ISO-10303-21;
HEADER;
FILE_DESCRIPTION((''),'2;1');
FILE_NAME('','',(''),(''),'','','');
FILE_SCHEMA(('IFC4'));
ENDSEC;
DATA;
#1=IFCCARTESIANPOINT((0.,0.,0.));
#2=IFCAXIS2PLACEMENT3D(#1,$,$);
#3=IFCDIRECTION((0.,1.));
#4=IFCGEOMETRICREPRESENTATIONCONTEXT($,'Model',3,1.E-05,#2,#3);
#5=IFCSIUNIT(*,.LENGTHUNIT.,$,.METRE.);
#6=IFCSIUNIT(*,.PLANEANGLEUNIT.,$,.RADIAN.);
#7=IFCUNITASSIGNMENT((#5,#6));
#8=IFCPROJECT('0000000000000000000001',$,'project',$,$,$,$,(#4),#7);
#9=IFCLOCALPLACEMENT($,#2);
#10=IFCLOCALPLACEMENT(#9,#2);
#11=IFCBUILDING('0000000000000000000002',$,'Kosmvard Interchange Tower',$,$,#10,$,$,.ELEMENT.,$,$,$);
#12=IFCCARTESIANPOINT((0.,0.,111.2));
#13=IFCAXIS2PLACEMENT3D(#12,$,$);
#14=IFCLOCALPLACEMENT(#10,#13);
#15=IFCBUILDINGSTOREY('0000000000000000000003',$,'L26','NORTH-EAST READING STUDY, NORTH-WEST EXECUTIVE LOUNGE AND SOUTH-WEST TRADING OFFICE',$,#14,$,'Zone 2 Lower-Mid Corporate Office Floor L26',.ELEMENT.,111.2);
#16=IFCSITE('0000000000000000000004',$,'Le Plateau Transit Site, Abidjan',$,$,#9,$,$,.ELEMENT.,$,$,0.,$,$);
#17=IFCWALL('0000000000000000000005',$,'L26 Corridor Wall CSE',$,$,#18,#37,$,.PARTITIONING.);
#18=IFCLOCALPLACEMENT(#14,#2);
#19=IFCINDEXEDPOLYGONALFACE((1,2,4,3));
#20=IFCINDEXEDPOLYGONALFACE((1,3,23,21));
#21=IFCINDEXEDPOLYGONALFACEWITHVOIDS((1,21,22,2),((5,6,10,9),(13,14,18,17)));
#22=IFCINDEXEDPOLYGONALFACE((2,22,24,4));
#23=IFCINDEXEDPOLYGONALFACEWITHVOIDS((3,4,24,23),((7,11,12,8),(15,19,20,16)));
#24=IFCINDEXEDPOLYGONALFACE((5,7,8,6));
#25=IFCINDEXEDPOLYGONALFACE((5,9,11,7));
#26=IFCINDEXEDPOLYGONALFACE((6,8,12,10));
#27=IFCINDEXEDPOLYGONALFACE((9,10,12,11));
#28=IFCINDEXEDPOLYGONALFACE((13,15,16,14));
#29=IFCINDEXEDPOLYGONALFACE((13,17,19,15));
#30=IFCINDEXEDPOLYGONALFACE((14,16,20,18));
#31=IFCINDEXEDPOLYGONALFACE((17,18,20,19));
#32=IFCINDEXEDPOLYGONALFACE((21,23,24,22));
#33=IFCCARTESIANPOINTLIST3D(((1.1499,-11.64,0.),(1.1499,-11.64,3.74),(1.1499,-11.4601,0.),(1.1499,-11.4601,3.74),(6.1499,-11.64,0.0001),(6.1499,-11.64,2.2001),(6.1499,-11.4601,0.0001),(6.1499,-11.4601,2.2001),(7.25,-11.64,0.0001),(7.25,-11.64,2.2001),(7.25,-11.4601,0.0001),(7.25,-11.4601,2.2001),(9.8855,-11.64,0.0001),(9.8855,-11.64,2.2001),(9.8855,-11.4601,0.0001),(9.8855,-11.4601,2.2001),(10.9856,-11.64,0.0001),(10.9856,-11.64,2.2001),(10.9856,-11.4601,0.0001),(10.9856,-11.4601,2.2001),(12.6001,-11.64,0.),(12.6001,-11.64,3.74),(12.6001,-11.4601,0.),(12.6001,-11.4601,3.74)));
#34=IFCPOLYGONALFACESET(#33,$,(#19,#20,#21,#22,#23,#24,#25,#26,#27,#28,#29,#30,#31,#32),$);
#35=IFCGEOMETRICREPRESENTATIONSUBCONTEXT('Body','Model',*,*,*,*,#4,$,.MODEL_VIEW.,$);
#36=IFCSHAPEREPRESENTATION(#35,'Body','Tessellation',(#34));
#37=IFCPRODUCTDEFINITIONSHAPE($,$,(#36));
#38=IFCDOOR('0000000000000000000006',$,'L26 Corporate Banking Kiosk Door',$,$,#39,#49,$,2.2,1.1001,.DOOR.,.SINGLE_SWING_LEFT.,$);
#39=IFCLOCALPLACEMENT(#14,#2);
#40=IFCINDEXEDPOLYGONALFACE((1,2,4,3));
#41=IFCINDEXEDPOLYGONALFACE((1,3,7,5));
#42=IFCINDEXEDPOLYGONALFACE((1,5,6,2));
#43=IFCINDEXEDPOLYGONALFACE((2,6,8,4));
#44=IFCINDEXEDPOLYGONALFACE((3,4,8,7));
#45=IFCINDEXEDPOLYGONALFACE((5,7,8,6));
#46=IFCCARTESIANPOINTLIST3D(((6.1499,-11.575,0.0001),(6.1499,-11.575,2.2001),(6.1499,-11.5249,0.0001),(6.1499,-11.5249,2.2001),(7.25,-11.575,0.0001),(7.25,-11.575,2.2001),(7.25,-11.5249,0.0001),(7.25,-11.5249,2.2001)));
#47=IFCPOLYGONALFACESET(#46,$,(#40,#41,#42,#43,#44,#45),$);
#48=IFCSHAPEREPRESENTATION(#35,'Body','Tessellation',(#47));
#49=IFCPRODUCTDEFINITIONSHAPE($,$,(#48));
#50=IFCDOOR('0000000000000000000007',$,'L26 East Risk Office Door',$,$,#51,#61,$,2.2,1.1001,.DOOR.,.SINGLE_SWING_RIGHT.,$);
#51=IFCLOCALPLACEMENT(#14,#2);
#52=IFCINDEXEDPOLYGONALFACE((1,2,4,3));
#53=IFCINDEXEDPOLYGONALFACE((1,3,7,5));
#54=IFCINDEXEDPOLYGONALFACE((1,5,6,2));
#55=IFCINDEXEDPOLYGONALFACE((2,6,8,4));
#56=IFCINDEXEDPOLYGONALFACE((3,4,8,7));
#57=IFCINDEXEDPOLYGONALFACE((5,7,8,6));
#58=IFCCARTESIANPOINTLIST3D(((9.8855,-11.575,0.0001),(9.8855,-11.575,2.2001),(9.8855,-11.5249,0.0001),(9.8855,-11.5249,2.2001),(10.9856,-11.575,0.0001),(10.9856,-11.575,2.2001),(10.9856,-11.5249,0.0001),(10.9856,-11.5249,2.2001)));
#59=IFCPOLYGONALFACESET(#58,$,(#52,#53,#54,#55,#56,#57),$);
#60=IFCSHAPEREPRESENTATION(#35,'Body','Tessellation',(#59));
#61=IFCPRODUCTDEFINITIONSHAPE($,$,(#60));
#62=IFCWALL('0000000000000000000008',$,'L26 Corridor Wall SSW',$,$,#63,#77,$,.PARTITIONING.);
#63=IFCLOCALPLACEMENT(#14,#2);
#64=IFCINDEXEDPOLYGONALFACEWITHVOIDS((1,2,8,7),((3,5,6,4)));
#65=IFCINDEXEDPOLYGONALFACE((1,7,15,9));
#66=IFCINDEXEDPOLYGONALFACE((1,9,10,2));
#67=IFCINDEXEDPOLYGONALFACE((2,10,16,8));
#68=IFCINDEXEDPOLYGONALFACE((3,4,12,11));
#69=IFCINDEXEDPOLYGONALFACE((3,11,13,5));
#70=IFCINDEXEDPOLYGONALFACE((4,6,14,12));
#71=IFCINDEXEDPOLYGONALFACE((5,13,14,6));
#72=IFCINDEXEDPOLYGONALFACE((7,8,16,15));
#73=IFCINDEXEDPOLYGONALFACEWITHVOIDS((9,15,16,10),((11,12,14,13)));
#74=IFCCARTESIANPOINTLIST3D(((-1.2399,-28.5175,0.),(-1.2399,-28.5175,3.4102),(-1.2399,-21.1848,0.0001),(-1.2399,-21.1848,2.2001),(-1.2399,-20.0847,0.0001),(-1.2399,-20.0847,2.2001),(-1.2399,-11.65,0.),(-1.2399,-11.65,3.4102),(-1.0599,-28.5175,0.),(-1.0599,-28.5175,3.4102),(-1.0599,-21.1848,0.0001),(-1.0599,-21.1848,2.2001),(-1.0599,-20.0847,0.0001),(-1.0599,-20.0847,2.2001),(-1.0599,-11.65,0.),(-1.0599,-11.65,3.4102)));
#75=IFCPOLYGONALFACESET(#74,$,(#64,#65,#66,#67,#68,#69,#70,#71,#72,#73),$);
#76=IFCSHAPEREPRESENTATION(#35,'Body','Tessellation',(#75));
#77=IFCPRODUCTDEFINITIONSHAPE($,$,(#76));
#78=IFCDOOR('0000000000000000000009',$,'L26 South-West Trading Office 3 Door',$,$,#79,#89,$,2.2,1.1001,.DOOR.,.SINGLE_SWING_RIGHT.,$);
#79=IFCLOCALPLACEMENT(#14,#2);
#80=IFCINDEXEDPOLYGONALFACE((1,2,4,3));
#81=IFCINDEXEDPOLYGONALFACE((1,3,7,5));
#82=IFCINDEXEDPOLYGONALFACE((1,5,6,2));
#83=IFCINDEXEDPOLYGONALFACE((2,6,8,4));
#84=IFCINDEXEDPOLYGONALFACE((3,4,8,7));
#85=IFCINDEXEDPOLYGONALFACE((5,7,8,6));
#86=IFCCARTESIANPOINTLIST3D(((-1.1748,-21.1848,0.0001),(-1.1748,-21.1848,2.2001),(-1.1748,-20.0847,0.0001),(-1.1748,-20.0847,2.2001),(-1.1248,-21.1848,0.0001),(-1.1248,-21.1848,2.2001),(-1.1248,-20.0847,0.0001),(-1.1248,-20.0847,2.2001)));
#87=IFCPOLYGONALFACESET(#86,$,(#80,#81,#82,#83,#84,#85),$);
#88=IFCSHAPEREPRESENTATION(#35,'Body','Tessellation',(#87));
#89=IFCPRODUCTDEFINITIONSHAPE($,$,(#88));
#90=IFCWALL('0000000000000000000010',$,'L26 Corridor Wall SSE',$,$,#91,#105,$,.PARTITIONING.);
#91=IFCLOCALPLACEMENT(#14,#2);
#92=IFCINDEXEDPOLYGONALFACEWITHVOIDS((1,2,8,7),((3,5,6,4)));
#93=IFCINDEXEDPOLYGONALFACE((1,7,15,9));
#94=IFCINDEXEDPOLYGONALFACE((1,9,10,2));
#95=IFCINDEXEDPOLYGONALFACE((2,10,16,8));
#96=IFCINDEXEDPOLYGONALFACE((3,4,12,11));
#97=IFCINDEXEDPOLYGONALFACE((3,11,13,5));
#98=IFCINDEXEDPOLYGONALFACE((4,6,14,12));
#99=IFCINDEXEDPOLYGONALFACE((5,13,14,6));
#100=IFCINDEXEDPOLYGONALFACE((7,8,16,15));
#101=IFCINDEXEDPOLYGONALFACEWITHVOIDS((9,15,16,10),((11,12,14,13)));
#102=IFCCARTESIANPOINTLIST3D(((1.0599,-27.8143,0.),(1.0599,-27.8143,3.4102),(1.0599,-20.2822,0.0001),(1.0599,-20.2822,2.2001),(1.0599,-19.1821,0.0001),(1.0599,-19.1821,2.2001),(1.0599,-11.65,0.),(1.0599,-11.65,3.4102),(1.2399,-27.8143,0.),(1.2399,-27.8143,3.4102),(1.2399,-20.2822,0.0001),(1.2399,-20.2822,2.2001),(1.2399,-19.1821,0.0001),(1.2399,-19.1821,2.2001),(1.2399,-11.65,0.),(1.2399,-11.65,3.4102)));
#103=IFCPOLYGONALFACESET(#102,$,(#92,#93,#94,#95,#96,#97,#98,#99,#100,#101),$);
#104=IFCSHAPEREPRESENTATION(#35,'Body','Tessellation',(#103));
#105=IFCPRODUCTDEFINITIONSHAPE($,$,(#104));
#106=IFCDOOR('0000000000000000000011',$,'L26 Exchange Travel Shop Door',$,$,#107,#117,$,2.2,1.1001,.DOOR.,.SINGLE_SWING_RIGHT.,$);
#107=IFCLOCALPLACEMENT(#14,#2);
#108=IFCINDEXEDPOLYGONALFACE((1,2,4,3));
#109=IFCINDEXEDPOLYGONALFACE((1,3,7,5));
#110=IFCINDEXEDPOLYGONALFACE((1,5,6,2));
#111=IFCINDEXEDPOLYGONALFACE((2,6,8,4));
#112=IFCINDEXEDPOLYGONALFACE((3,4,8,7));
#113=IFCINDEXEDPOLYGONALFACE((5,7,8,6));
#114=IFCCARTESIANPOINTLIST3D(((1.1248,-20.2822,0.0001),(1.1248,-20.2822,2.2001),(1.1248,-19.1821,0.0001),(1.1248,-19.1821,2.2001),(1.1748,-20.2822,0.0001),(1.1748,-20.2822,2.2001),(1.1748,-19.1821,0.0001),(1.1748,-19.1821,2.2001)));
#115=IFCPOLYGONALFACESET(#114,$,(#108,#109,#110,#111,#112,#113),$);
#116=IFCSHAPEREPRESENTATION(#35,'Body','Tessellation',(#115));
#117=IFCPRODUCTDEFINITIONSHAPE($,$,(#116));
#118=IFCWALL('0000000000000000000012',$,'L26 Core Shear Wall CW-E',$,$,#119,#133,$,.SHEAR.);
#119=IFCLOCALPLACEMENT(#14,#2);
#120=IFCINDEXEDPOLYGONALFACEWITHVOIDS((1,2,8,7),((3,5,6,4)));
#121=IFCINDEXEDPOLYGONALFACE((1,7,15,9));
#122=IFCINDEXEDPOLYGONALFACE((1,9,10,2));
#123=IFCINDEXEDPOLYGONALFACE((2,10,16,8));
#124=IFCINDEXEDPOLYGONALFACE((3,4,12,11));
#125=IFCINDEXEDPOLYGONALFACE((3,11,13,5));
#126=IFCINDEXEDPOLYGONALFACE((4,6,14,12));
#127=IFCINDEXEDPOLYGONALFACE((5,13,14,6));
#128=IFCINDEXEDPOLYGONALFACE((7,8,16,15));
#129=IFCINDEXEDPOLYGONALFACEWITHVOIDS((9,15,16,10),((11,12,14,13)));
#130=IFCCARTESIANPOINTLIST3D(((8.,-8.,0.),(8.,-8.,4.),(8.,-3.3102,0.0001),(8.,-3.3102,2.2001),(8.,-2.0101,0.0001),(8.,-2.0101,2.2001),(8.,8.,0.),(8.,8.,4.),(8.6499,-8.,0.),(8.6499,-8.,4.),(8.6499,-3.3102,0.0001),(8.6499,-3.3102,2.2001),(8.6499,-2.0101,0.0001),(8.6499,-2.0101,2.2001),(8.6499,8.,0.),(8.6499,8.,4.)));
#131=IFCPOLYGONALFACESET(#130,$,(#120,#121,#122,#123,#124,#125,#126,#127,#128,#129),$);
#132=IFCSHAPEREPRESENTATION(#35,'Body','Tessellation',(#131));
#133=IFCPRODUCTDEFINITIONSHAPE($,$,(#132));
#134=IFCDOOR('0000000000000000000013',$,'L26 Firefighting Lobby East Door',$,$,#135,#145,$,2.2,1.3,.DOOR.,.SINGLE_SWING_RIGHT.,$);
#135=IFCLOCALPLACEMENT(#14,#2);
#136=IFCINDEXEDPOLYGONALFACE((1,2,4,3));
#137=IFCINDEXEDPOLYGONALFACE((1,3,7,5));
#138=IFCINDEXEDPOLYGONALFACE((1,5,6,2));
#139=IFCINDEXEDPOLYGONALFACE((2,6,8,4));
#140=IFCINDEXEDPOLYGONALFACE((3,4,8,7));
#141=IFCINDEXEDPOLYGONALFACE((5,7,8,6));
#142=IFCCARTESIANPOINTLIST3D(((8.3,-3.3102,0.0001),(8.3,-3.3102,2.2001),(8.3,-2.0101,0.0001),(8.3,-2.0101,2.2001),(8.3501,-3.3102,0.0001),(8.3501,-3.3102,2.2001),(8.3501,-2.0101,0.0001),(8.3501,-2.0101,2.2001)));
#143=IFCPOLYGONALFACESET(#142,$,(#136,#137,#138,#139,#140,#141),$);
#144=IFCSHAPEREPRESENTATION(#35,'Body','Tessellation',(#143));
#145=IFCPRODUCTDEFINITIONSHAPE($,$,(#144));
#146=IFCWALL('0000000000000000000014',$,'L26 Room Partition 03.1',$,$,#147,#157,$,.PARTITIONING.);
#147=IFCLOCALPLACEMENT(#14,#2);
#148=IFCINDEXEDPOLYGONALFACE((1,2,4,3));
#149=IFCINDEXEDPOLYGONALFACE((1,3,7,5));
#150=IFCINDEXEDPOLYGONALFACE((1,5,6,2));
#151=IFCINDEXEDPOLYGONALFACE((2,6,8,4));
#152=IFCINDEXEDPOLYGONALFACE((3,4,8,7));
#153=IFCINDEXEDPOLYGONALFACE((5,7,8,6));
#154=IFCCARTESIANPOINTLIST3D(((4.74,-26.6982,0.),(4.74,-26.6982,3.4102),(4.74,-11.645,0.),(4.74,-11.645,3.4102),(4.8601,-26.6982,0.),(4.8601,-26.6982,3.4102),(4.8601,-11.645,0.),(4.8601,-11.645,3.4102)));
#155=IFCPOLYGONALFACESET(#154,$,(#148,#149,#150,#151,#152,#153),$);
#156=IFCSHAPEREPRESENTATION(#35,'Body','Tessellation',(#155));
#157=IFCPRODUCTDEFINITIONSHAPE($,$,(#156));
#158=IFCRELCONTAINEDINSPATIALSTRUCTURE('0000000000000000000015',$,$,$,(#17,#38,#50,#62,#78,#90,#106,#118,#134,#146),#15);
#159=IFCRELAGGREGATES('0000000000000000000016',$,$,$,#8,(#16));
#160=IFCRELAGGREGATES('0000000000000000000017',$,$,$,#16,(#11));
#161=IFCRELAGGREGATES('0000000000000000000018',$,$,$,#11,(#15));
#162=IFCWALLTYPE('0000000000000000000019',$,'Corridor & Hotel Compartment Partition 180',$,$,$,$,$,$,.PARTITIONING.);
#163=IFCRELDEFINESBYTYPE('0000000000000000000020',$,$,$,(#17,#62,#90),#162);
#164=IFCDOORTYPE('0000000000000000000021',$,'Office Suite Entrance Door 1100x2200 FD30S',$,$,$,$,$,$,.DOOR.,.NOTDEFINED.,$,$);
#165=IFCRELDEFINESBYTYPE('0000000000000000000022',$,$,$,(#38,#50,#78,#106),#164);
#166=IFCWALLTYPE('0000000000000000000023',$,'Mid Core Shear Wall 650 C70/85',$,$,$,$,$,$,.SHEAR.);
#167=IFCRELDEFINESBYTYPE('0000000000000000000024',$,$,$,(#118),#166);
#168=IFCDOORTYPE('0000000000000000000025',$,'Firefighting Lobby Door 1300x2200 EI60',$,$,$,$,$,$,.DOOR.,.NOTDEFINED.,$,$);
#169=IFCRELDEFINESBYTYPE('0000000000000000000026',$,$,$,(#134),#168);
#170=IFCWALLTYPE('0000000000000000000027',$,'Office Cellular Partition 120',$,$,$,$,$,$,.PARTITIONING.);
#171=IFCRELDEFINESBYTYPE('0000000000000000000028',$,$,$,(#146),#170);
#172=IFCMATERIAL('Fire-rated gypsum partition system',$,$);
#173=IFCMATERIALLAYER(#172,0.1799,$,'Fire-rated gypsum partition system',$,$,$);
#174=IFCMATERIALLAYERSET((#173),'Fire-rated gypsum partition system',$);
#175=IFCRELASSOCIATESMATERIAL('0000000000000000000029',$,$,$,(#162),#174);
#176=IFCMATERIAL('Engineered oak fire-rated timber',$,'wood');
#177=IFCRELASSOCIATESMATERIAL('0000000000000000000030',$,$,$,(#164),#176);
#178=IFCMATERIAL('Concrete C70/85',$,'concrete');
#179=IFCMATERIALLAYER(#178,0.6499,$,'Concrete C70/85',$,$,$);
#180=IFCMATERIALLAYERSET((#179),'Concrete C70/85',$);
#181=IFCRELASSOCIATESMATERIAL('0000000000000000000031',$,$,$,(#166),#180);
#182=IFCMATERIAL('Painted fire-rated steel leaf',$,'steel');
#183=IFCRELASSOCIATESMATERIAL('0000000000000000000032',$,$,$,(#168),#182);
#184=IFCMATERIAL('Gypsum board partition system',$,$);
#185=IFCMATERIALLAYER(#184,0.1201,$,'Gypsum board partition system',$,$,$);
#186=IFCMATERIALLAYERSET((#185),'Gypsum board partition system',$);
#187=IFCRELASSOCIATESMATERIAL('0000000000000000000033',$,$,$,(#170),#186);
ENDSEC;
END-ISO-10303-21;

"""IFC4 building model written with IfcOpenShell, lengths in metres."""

from ifc_helpers import new_model, si_unit, direction, frame, frame_2d, origin, place, context, subcontext, project, spatial, rectangle, extrude, source, transform, mapped, material, layer, layer_set, type_object, element, fill, save


model = new_model("IFC4")

# Units and contexts
model_context = context("Model", 3, precision=1e-05, world=origin(), true_north=direction((0.0, 1.0)))
body_context = subcontext(model_context, "Body", "Model", "MODEL_VIEW")
ifc_project = project(units=[si_unit("LENGTHUNIT", "METRE"), si_unit("PLANEANGLEUNIT", "RADIAN")], contexts=[model_context])

# Site, building, storey
site_placement = place(None, origin())
site = spatial("IfcSite", under=ifc_project, at=site_placement, Name="Le Plateau Transit Site, Abidjan", CompositionType="ELEMENT", RefElevation=0.0)
building_placement = place(site_placement, origin())
building = spatial("IfcBuilding", under=site, at=building_placement, Name="Kosmvard Interchange Tower", CompositionType="ELEMENT")
storey_placement = place(building_placement, frame((0.0, 0.0, 111.2)))
storey = spatial("IfcBuildingStorey", under=building, at=storey_placement, Name="L26", Description="NORTH-EAST READING STUDY, NORTH-WEST EXECUTIVE LOUNGE AND SOUTH-WEST TRADING OFFICE", LongName="Zone 2 Lower-Mid Corporate Office Floor L26", CompositionType="ELEMENT", Elevation=111.2)

# Wall, openings, doors
ifc_material_1 = material(Name="Fire-rated gypsum partition system")
ifc_layer_1 = layer(ifc_material_1, 0.1799, Name="Fire-rated gypsum partition system")
ifc_layer_set_1 = layer_set([ifc_layer_1], Name="Fire-rated gypsum partition system")
wall_type_1 = type_object("IfcWallType", Name="Corridor & Hotel Compartment Partition 180", PredefinedType="PARTITIONING", material=ifc_layer_set_1)
shared_shape_1 = source(origin(), body_context, "Body", "SweptSolid", [
    extrude(rectangle(XDim=1.1001, YDim=2.2, at=frame_2d((0.55, 1.1001))), frame((0.0, 0.0249, 0.0), z_axis=(0.0, -1.0, 0.0), x_axis=(1.0, 0.0, 0.0)), (0.0, 0.0, 1.0), 0.05),
])
wall_1_placement = place(storey_placement, frame((1.1499, -11.55, 0.0), z_axis=(0.0, 0.0, 1.0), x_axis=(1.0, 0.0, 0.0)))
wall_1 = element("IfcWall", 1, at=wall_1_placement, inside=storey, type_object=wall_type_1, Name="L26 Corridor Wall CSE", PredefinedType="PARTITIONING", context=body_context, shape_type="SweptSolid", body=[
    extrude(rectangle(XDim=11.4502, YDim=0.1799, at=frame_2d((5.7251, 0.0))), origin(), (0.0, 0.0, 1.0), 3.74),
])
opening_1_placement = place(wall_1_placement, frame((5.0, 0.0, 0.0)))
opening_1 = element("IfcOpeningElement", 2, at=opening_1_placement, cuts=wall_1, PredefinedType="OPENING", context=body_context, shape_type="SweptSolid", body=[
    extrude(rectangle(XDim=1.1001, YDim=2.2, at=frame_2d((0.55, 1.1001))), frame((0.0, 0.1001, 0.0), z_axis=(0.0, -1.0, 0.0), x_axis=(1.0, 0.0, 0.0)), (0.0, 0.0, 1.0), 0.2),
])
opening_2_placement = place(wall_1_placement, frame((8.7356, 0.0, 0.0)))
opening_2 = element("IfcOpeningElement", 3, at=opening_2_placement, cuts=wall_1, PredefinedType="OPENING", context=body_context, shape_type="SweptSolid", body=[
    extrude(rectangle(XDim=1.1001, YDim=2.2, at=frame_2d((0.55, 1.1001))), frame((0.0, 0.1001, 0.0), z_axis=(0.0, -1.0, 0.0), x_axis=(1.0, 0.0, 0.0)), (0.0, 0.0, 1.0), 0.2),
])
ifc_material_2 = material(Name="Engineered oak fire-rated timber", Category="wood")
door_type_1 = type_object("IfcDoorType", Name="Office Suite Entrance Door 1100x2200 FD30S", OperationType="NOTDEFINED", PredefinedType="DOOR", material=ifc_material_2)
door_1_placement = place(opening_1_placement, frame((1.1001, 0.0, 0.0), z_axis=(0.0, 0.0, 1.0), x_axis=(-1.0, 0.0, 0.0)))
door_1 = element("IfcDoor", 4, at=door_1_placement, inside=storey, type_object=door_type_1, Name="L26 Corporate Banking Kiosk Door", OperationType="SINGLE_SWING_LEFT", OverallHeight=2.2, OverallWidth=1.1001, PredefinedType="DOOR", context=body_context, shape_type="MappedRepresentation", body=[
    mapped(shared_shape_1, transform((0.0, 0.0, 0.0), scale=1.0)),
])
fill(opening_1, door_1)
door_2_placement = place(opening_2_placement, frame((1.1001, 0.0, 0.0), z_axis=(0.0, 0.0, 1.0), x_axis=(-1.0, 0.0, 0.0)))
door_2 = element("IfcDoor", 5, at=door_2_placement, inside=storey, type_object=door_type_1, Name="L26 East Risk Office Door", OperationType="SINGLE_SWING_RIGHT", OverallHeight=2.2, OverallWidth=1.1001, PredefinedType="DOOR", context=body_context, shape_type="MappedRepresentation", body=[
    mapped(shared_shape_1, transform((0.0, 0.0, 0.0), scale=1.0)),
])
fill(opening_2, door_2)

# Walls, openings, doors
wall_2_placement = place(storey_placement, frame((-1.1499, -28.5173, 0.0), z_axis=(0.0, 0.0, 1.0), x_axis=(0.0, 1.0, 0.0)))
wall_2 = element("IfcWall", 6, at=wall_2_placement, inside=storey, type_object=wall_type_1, Name="L26 Corridor Wall SSW", PredefinedType="PARTITIONING", context=body_context, shape_type="SweptSolid", body=[
    extrude(rectangle(XDim=16.8674, YDim=0.1799, at=frame_2d((8.4336, 0.0))), origin(), (0.0, 0.0, 1.0), 3.4102),
])
opening_3_placement = place(wall_2_placement, frame((7.3325, 0.0, 0.0)))
opening_3 = element("IfcOpeningElement", 7, at=opening_3_placement, cuts=wall_2, PredefinedType="OPENING", context=body_context, shape_type="SweptSolid", body=[
    extrude(rectangle(XDim=1.1001, YDim=2.2, at=frame_2d((0.55, 1.1001))), frame((0.0, 0.1001, 0.0), z_axis=(0.0, -1.0, 0.0), x_axis=(1.0, 0.0, 0.0)), (0.0, 0.0, 1.0), 0.2),
])
door_3_placement = place(opening_3_placement, origin())
door_3 = element("IfcDoor", 8, at=door_3_placement, inside=storey, type_object=door_type_1, Name="L26 South-West Trading Office 3 Door", OperationType="SINGLE_SWING_RIGHT", OverallHeight=2.2, OverallWidth=1.1001, PredefinedType="DOOR", context=body_context, shape_type="MappedRepresentation", body=[
    mapped(shared_shape_1, transform((0.0, 0.0, 0.0), scale=1.0)),
])
fill(opening_3, door_3)
wall_3_placement = place(storey_placement, frame((1.1499, -27.8142, 0.0), z_axis=(0.0, 0.0, 1.0), x_axis=(0.0, 1.0, 0.0)))
wall_3 = element("IfcWall", 9, at=wall_3_placement, inside=storey, type_object=wall_type_1, Name="L26 Corridor Wall SSE", PredefinedType="PARTITIONING", context=body_context, shape_type="SweptSolid", body=[
    extrude(rectangle(XDim=16.1643, YDim=0.1799, at=frame_2d((8.082, 0.0))), origin(), (0.0, 0.0, 1.0), 3.4102),
])
opening_4_placement = place(wall_3_placement, frame((7.532, 0.0, 0.0)))
opening_4 = element("IfcOpeningElement", 10, at=opening_4_placement, cuts=wall_3, PredefinedType="OPENING", context=body_context, shape_type="SweptSolid", body=[
    extrude(rectangle(XDim=1.1001, YDim=2.2, at=frame_2d((0.55, 1.1001))), frame((0.0, 0.1001, 0.0), z_axis=(0.0, -1.0, 0.0), x_axis=(1.0, 0.0, 0.0)), (0.0, 0.0, 1.0), 0.2),
])
door_4_placement = place(opening_4_placement, frame((1.1001, 0.0, 0.0), z_axis=(0.0, 0.0, 1.0), x_axis=(-1.0, 0.0, 0.0)))
door_4 = element("IfcDoor", 11, at=door_4_placement, inside=storey, type_object=door_type_1, Name="L26 Exchange Travel Shop Door", OperationType="SINGLE_SWING_RIGHT", OverallHeight=2.2, OverallWidth=1.1001, PredefinedType="DOOR", context=body_context, shape_type="MappedRepresentation", body=[
    mapped(shared_shape_1, transform((0.0, 0.0, 0.0), scale=1.0)),
])
fill(opening_4, door_4)
ifc_material_3 = material(Name="Concrete C70/85", Category="concrete")
ifc_layer_2 = layer(ifc_material_3, 0.6499, Name="Concrete C70/85")
ifc_layer_set_2 = layer_set([ifc_layer_2], Name="Concrete C70/85")
wall_type_2 = type_object("IfcWallType", Name="Mid Core Shear Wall 650 C70/85", PredefinedType="SHEAR", material=ifc_layer_set_2)
wall_4_placement = place(storey_placement, frame((8.325, -8.0, 0.0), z_axis=(0.0, 0.0, 1.0), x_axis=(0.0, 1.0, 0.0)))
wall_4 = element("IfcWall", 12, at=wall_4_placement, inside=storey, type_object=wall_type_2, Name="L26 Core Shear Wall CW-E", PredefinedType="SHEAR", context=body_context, shape_type="SweptSolid", body=[
    extrude(rectangle(XDim=16.0, YDim=0.6499, at=frame_2d((8.0, 0.0))), origin(), (0.0, 0.0, 1.0), 4.0),
])
opening_5_placement = place(wall_4_placement, frame((4.6899, 0.0, 0.0)))
opening_5 = element("IfcOpeningElement", 13, at=opening_5_placement, cuts=wall_4, PredefinedType="OPENING", context=body_context, shape_type="SweptSolid", body=[
    extrude(rectangle(XDim=1.3, YDim=2.2, at=frame_2d((0.6499, 1.1001))), frame((0.0, 0.335, 0.0), z_axis=(0.0, -1.0, 0.0), x_axis=(1.0, 0.0, 0.0)), (0.0, 0.0, 1.0), 0.6699),
])
ifc_material_4 = material(Name="Painted fire-rated steel leaf", Category="steel")
door_type_2 = type_object("IfcDoorType", Name="Firefighting Lobby Door 1300x2200 EI60", OperationType="NOTDEFINED", PredefinedType="DOOR", material=ifc_material_4)
shared_shape_2 = source(origin(), body_context, "Body", "SweptSolid", [
    extrude(rectangle(XDim=1.3, YDim=2.2, at=frame_2d((0.6499, 1.1001))), frame((0.0, 0.0249, 0.0), z_axis=(0.0, -1.0, 0.0), x_axis=(1.0, 0.0, 0.0)), (0.0, 0.0, 1.0), 0.05),
])
door_5_placement = place(opening_5_placement, origin())
door_5 = element("IfcDoor", 14, at=door_5_placement, inside=storey, type_object=door_type_2, Name="L26 Firefighting Lobby East Door", OperationType="SINGLE_SWING_RIGHT", OverallHeight=2.2, OverallWidth=1.3, PredefinedType="DOOR", context=body_context, shape_type="MappedRepresentation", body=[
    mapped(shared_shape_2, transform((0.0, 0.0, 0.0), scale=1.0)),
])
fill(opening_5, door_5)

# Wall
ifc_material_5 = material(Name="Gypsum board partition system")
ifc_layer_3 = layer(ifc_material_5, 0.1201, Name="Gypsum board partition system")
ifc_layer_set_3 = layer_set([ifc_layer_3], Name="Gypsum board partition system")
wall_type_3 = type_object("IfcWallType", Name="Office Cellular Partition 120", PredefinedType="PARTITIONING", material=ifc_layer_set_3)
wall_5_placement = place(storey_placement, frame((4.8, -26.6982, 0.0), z_axis=(0.0, 0.0, 1.0), x_axis=(0.0, 1.0, 0.0)))
element("IfcWall", 15, at=wall_5_placement, inside=storey, type_object=wall_type_3, Name="L26 Room Partition 03.1", PredefinedType="PARTITIONING", context=body_context, shape_type="SweptSolid", body=[
    extrude(rectangle(XDim=15.0532, YDim=0.1201, at=frame_2d((7.5266, 0.0))), origin(), (0.0, 0.0, 1.0), 3.4102),
])

save(model, "model.ifc")
